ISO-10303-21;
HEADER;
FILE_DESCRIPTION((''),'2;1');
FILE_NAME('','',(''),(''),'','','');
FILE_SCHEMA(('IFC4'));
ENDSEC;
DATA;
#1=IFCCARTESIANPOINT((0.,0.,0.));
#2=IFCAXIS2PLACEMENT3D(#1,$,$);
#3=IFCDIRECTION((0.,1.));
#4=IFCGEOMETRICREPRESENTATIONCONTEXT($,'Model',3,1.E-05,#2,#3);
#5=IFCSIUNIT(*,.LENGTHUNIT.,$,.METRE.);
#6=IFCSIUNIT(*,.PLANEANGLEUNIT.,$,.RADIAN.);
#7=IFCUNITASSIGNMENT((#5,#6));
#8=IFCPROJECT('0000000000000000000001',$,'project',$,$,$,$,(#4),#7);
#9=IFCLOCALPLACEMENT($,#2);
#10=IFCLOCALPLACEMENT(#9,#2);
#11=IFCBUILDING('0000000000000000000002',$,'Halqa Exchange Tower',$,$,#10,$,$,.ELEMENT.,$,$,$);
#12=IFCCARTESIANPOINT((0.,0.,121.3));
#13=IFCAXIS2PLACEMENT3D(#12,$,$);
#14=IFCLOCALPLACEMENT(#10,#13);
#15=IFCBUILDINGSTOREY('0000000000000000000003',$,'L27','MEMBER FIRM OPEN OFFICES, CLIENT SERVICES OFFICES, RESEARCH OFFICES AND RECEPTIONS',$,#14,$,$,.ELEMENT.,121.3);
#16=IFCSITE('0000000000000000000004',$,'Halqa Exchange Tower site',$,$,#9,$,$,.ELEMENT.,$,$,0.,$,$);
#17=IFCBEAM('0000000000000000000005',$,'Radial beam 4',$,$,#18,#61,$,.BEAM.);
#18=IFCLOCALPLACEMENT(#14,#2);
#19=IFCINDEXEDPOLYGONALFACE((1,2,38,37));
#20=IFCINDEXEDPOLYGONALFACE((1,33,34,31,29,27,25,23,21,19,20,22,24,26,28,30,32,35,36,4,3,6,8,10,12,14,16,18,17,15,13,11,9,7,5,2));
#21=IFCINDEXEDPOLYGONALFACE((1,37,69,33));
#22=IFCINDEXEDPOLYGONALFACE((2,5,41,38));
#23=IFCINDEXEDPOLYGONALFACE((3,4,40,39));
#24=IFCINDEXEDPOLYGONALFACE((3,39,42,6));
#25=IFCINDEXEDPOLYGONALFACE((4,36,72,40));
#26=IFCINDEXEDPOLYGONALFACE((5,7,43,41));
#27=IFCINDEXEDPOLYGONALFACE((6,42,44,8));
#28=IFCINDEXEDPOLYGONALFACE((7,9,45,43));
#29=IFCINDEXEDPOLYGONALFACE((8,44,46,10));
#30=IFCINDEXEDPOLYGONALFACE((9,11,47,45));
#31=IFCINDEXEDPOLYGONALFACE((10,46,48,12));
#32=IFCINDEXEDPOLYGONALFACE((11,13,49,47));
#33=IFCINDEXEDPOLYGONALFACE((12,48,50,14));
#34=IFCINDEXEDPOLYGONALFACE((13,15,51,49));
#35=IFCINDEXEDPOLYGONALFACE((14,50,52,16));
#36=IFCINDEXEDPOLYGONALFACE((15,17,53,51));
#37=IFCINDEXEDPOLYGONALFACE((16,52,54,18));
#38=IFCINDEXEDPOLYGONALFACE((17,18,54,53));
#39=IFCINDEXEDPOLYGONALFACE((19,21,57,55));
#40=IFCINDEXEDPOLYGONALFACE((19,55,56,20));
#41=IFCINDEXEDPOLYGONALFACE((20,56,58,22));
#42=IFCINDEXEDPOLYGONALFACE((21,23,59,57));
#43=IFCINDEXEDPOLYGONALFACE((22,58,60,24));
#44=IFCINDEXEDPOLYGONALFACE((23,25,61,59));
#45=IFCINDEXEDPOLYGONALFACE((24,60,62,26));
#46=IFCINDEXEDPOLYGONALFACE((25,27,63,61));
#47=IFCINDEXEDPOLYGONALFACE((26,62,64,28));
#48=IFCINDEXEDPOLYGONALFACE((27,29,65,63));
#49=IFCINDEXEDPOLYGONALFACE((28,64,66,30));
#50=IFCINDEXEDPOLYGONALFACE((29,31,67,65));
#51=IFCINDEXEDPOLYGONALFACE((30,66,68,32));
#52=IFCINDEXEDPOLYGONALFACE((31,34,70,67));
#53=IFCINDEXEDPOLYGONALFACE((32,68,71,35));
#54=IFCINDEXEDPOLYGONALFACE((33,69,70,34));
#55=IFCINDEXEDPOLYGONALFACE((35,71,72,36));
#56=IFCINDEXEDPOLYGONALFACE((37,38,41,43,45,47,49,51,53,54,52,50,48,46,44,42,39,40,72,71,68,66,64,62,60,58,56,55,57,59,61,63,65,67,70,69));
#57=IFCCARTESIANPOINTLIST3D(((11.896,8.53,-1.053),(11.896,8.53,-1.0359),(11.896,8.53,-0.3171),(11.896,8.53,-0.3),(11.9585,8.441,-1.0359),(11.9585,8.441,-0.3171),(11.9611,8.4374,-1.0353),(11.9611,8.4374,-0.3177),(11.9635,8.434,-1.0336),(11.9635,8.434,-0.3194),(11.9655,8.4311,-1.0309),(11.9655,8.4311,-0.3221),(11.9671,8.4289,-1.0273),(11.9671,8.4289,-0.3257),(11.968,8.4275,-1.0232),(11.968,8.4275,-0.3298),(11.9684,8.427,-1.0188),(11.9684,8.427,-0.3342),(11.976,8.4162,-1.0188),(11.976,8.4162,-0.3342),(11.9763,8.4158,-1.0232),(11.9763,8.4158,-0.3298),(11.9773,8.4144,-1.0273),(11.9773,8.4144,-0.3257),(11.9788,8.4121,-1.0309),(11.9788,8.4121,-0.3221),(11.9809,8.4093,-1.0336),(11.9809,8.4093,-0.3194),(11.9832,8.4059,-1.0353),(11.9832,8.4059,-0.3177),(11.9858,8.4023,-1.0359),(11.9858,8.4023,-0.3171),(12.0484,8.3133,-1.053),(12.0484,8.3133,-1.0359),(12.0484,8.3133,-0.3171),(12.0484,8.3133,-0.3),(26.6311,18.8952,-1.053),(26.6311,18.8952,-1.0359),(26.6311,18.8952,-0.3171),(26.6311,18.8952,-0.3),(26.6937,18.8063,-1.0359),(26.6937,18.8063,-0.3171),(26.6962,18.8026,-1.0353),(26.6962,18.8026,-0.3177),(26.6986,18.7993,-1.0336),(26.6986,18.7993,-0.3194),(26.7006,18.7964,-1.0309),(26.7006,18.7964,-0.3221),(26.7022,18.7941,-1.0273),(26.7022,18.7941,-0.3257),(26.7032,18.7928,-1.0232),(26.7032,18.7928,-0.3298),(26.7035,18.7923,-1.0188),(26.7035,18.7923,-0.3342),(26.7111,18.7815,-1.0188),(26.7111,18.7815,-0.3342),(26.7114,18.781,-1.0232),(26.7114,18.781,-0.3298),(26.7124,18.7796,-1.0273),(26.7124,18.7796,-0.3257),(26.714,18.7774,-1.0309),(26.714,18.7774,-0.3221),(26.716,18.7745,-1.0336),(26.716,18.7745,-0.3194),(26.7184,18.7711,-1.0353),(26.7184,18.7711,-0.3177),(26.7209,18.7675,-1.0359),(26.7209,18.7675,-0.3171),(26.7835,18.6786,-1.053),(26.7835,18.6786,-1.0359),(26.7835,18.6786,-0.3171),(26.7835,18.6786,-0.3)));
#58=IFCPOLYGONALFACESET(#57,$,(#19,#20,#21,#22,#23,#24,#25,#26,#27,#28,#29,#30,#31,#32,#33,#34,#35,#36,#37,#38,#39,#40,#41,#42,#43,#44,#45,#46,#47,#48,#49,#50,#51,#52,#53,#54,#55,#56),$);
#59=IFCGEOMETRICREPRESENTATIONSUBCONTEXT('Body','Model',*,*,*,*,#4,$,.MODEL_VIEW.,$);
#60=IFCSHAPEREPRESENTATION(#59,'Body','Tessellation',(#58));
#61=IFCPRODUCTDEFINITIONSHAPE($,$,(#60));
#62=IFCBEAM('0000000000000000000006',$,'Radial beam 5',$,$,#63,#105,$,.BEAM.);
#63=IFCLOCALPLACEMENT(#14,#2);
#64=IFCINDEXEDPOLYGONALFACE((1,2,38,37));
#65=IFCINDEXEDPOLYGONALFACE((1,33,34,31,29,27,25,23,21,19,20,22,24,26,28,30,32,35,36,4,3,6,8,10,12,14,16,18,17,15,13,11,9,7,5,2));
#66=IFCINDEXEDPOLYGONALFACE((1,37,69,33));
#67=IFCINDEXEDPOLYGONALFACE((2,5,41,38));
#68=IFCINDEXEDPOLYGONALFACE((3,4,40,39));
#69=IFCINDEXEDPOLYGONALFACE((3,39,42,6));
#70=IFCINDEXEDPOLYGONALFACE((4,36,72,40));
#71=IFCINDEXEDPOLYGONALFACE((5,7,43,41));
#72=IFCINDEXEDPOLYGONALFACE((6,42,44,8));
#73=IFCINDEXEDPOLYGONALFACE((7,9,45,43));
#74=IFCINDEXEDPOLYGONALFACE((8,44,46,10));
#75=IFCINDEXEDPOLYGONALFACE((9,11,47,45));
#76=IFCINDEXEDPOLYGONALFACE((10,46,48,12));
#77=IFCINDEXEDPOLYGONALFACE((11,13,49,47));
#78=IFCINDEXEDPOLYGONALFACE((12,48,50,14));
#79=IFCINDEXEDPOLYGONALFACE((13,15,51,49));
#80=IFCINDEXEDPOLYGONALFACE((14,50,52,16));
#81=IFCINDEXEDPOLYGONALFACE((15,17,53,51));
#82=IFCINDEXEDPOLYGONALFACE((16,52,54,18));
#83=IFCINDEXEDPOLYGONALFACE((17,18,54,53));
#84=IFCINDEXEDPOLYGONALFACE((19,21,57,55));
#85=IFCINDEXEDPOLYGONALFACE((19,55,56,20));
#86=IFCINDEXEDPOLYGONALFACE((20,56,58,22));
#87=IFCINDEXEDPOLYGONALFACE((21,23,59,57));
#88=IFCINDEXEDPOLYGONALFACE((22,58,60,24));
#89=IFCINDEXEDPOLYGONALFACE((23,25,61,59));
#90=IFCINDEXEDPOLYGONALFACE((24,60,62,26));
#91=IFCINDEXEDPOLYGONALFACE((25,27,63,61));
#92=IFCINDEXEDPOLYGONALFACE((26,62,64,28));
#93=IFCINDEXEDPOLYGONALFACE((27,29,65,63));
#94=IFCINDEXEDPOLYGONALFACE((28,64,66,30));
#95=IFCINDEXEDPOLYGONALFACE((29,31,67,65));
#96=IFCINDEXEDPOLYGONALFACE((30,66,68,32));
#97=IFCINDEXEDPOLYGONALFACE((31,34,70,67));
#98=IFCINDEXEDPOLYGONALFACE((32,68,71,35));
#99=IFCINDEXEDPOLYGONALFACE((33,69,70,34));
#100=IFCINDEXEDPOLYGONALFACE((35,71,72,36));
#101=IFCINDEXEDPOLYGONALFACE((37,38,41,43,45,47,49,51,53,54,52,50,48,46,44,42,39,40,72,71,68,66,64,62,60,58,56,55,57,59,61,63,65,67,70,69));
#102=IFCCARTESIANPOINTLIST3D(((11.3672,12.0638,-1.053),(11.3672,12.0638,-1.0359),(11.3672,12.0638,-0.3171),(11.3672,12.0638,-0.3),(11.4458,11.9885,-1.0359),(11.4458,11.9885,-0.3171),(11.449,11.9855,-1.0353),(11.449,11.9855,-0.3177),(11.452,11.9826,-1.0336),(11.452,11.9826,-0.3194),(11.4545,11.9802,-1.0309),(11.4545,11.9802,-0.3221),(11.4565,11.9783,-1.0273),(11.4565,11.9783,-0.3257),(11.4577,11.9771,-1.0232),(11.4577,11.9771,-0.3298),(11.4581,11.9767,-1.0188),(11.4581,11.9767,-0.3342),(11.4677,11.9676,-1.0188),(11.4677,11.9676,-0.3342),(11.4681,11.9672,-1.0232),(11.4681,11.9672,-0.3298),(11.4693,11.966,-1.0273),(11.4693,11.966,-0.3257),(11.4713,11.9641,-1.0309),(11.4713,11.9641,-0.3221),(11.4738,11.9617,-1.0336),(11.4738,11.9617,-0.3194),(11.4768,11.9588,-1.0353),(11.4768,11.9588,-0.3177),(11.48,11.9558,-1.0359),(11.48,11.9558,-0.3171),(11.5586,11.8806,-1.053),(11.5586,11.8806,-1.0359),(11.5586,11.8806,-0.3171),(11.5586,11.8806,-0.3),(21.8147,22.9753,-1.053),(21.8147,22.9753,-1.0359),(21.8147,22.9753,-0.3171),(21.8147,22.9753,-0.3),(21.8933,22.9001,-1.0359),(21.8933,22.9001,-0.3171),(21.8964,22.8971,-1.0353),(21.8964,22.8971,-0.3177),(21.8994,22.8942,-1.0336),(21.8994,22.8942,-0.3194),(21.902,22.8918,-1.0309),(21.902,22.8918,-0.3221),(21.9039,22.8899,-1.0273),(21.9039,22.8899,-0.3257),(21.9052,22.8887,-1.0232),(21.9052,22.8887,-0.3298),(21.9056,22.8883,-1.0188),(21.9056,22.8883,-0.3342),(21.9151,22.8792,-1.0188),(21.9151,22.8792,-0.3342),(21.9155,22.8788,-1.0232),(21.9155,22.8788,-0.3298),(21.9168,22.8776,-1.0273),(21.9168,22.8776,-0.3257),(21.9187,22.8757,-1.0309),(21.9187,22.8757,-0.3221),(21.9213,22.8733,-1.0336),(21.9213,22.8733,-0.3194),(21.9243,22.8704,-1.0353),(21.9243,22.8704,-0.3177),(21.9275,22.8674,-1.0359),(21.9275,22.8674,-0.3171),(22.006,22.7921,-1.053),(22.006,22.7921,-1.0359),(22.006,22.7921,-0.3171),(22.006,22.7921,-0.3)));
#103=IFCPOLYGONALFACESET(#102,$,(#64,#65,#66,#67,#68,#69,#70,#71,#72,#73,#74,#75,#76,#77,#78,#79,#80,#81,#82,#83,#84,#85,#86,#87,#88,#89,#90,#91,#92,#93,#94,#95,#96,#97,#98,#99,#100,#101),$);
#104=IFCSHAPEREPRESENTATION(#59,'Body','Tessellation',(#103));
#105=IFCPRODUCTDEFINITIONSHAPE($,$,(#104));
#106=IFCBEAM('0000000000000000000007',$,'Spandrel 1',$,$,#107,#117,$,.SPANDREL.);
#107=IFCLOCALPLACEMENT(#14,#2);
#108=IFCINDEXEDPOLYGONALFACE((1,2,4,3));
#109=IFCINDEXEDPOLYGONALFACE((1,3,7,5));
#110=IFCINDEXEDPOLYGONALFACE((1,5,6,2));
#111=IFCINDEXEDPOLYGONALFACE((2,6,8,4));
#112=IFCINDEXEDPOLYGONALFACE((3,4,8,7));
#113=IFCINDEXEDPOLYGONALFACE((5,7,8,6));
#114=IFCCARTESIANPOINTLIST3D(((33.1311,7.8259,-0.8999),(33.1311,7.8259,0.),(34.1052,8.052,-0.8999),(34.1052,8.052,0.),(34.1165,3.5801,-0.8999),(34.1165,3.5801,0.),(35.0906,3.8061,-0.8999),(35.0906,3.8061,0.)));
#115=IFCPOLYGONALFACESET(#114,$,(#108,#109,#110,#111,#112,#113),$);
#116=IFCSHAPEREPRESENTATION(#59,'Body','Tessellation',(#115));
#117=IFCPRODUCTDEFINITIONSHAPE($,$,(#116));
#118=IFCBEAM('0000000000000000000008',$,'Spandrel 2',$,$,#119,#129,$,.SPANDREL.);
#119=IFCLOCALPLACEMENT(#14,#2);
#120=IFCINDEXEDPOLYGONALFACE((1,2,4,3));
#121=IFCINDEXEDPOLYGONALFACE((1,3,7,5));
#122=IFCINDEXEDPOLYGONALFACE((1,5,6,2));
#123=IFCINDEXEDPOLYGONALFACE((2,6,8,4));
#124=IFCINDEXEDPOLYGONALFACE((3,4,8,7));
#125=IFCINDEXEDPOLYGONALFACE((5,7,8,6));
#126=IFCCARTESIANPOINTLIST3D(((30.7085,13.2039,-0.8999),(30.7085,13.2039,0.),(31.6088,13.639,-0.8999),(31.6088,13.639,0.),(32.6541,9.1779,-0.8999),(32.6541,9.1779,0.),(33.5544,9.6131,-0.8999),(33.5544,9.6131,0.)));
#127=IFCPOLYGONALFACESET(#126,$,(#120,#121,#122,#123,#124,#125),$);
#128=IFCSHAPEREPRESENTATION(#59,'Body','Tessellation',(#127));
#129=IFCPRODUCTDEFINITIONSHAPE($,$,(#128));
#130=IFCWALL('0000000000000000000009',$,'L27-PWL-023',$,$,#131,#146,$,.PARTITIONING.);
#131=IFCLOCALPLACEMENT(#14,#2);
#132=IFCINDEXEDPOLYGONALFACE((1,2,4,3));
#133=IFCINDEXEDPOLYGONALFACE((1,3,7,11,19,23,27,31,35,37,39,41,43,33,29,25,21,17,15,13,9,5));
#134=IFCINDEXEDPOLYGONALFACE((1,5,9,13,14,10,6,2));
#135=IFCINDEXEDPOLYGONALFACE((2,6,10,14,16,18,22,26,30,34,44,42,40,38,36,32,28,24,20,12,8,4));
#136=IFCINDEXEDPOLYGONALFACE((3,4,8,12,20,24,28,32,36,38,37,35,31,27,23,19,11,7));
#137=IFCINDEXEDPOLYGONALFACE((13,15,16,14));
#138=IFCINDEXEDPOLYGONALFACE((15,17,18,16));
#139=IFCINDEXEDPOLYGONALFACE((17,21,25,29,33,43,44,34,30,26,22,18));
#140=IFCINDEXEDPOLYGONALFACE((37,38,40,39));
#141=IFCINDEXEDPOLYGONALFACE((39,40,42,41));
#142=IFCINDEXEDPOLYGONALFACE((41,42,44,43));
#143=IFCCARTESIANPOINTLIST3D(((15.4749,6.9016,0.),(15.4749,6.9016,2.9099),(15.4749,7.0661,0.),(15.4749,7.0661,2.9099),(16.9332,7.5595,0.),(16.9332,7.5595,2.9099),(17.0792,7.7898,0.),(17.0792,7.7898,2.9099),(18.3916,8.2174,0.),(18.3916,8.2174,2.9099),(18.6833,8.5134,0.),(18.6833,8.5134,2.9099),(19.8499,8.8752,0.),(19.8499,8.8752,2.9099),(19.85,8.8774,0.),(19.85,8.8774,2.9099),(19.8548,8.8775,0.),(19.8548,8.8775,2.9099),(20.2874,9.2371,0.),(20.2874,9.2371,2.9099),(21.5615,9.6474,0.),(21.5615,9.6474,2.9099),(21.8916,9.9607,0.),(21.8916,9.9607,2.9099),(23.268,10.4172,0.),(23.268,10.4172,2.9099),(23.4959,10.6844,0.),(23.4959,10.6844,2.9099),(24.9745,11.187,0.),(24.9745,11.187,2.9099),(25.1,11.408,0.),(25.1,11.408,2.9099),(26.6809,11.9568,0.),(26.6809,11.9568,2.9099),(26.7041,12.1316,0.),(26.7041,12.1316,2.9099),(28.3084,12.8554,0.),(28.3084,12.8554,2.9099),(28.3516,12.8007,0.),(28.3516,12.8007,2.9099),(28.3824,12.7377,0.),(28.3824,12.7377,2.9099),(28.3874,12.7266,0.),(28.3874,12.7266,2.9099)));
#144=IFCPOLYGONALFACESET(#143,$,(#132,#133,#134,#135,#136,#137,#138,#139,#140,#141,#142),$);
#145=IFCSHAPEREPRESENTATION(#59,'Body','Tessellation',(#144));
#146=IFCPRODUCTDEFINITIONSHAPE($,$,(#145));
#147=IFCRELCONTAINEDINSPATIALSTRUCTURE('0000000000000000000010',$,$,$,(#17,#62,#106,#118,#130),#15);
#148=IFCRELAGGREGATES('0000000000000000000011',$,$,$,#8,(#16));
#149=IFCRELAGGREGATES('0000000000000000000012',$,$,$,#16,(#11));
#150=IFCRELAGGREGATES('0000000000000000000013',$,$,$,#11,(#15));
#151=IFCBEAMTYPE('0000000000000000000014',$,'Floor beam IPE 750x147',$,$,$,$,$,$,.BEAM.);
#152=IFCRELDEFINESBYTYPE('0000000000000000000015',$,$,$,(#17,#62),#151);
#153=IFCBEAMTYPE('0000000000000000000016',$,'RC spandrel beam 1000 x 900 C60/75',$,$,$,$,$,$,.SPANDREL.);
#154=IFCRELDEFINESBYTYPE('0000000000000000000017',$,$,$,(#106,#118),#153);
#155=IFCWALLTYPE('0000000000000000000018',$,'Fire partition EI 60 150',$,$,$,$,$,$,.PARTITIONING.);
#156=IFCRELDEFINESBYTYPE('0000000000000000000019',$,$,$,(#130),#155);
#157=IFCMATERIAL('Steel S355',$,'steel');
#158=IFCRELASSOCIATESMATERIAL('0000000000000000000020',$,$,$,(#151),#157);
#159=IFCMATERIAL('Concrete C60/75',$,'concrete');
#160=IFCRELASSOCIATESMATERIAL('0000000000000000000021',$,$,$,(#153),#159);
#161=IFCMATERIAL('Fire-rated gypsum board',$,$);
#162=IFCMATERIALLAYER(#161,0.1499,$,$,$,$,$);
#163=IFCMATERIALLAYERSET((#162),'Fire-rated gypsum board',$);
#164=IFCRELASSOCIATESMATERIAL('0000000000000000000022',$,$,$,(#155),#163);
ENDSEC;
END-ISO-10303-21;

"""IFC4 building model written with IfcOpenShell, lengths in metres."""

from ifc_helpers import new_model, si_unit, direction, frame, origin, origin_2d, place, context, subcontext, project, spatial, polyline, rectangle, i_section, outline, extrude, material, layer, layer_set, material_profile, profile_set, type_object, element, save


model = new_model("IFC4")

# Units and contexts
model_context = context("Model", 3, precision=1e-05, world=origin(), true_north=direction((0.0, 1.0)))
body_context = subcontext(model_context, "Body", "Model", "MODEL_VIEW")
ifc_project = project(units=[si_unit("LENGTHUNIT", "METRE"), si_unit("PLANEANGLEUNIT", "RADIAN")], contexts=[model_context])

# Site, building, storey
site_placement = place(None, origin())
site = spatial("IfcSite", under=ifc_project, at=site_placement, Name="Halqa Exchange Tower site", CompositionType="ELEMENT", RefElevation=0.0)
building_placement = place(site_placement, origin())
building = spatial("IfcBuilding", under=site, at=building_placement, Name="Halqa Exchange Tower", CompositionType="ELEMENT")
storey_placement = place(building_placement, frame((0.0, 0.0, 121.3)))
storey = spatial("IfcBuildingStorey", under=building, at=storey_placement, Name="L27", Description="MEMBER FIRM OPEN OFFICES, CLIENT SERVICES OFFICES, RESEARCH OFFICES AND RECEPTIONS", CompositionType="ELEMENT", Elevation=121.3)

# Beams
ifc_material_1 = material(Name="Steel S355", Category="steel")
ifc_material_profile_1 = material_profile(ifc_material_1, i_section(OverallWidth=0.2649, OverallDepth=0.7529, WebThickness=0.0132, FlangeThickness=0.0171, FilletRadius=0.0171, at=origin_2d()), Name="IPE 750x147")
ifc_profile_set_1 = profile_set([ifc_material_profile_1], Name="Steel S355")
beam_type_1 = type_object("IfcBeamType", Name="Floor beam IPE 750x147", PredefinedType="BEAM", material=ifc_profile_set_1)
beam_1_placement = place(storey_placement, frame((11.9722, 8.4216, -0.6765), z_axis=(0.817909, 0.575348, 0.0), x_axis=(-0.575348, 0.817909, 0.0)))
element("IfcBeam", 1, at=beam_1_placement, inside=storey, type_object=beam_type_1, Name="Radial beam 4", PredefinedType="BEAM", context=body_context, shape_type="SweptSolid", body=[
    extrude(i_section(OverallWidth=0.2649, OverallDepth=0.7529, WebThickness=0.0132, FlangeThickness=0.0171, FilletRadius=0.0171, at=origin_2d()), origin(), (0.0, 0.0, 1.0), 18.0156),
])
beam_2_placement = place(storey_placement, frame((11.4629, 11.9722, -0.6765), z_axis=(0.691579, 0.722301, 0.0), x_axis=(-0.722301, 0.691579, 0.0)))
element("IfcBeam", 2, at=beam_2_placement, inside=storey, type_object=beam_type_1, Name="Radial beam 5", PredefinedType="BEAM", context=body_context, shape_type="SweptSolid", body=[
    extrude(i_section(OverallWidth=0.2649, OverallDepth=0.7529, WebThickness=0.0132, FlangeThickness=0.0171, FilletRadius=0.0171, at=origin_2d()), origin(), (0.0, 0.0, 1.0), 15.1067),
])
ifc_material_2 = material(Name="Concrete C60/75", Category="concrete")
ifc_material_profile_2 = material_profile(ifc_material_2, rectangle(XDim=1.0, YDim=0.8999, at=origin_2d()), Name="1000 x 900")
ifc_profile_set_2 = profile_set([ifc_material_profile_2], Name="Concrete C60/75")
beam_type_2 = type_object("IfcBeamType", Name="RC spandrel beam 1000 x 900 C60/75", PredefinedType="SPANDREL", material=ifc_profile_set_2)
beam_3_placement = place(storey_placement, frame((34.6035, 3.6931, -0.45), z_axis=(-0.226066, 0.974112, 0.0), x_axis=(-0.974112, -0.226066, 0.0)))
element("IfcBeam", 3, at=beam_3_placement, inside=storey, type_object=beam_type_2, Name="Spandrel 1", PredefinedType="SPANDREL", context=body_context, shape_type="SweptSolid", body=[
    extrude(rectangle(XDim=1.0, YDim=0.8999, at=origin_2d()), origin(), (0.0, 0.0, 1.0), 4.3586),
])
beam_4_placement = place(storey_placement, frame((33.1042, 9.3955, -0.45), z_axis=(-0.435117, 0.900374, 0.0), x_axis=(-0.900374, -0.435117, 0.0)))
element("IfcBeam", 4, at=beam_4_placement, inside=storey, type_object=beam_type_2, Name="Spandrel 2", PredefinedType="SPANDREL", context=body_context, shape_type="SweptSolid", body=[
    extrude(rectangle(XDim=1.0, YDim=0.8999, at=origin_2d()), origin(), (0.0, 0.0, 1.0), 4.4714),
])

# Wall
ifc_material_3 = material(Name="Fire-rated gypsum board")
ifc_layer_1 = layer(ifc_material_3, 0.1499)
ifc_layer_set_1 = layer_set([ifc_layer_1], Name="Fire-rated gypsum board")
wall_type_1 = type_object("IfcWallType", Name="Fire partition EI 60 150", PredefinedType="PARTITIONING", material=ifc_layer_set_1)
wall_1_placement = place(storey_placement, frame((15.4441, 6.97, 0.0), z_axis=(0.0, 0.0, 1.0), x_axis=(0.911544, 0.411203, 0.0)))
element("IfcWall", 5, at=wall_1_placement, inside=storey, type_object=wall_type_1, Name="L27-PWL-023", PredefinedType="PARTITIONING", context=body_context, shape_type="SweptSolid", body=[
    extrude(outline(polyline([(0.0, -0.075), (1.5999, -0.075), (3.1997, -0.075), (4.7996, -0.075), (4.8005, -0.073), (4.8049, -0.075), (6.6772, -0.075), (8.5493, -0.075), (10.4214, -0.075), (12.2935, -0.075), (14.1655, -0.075), (14.1655, -0.0627), (14.1633, 0.0073), (14.1465, 0.075), (12.3865, 0.075), (10.6267, 0.075), (8.8669, 0.075), (7.1069, 0.075), (5.3472, 0.075), (3.5874, 0.075), (1.8276, 0.075), (0.0676, 0.075), (0.0, -0.075)])), origin(), (0.0, 0.0, 1.0), 2.9099),
])

save(model, "model.ifc")
